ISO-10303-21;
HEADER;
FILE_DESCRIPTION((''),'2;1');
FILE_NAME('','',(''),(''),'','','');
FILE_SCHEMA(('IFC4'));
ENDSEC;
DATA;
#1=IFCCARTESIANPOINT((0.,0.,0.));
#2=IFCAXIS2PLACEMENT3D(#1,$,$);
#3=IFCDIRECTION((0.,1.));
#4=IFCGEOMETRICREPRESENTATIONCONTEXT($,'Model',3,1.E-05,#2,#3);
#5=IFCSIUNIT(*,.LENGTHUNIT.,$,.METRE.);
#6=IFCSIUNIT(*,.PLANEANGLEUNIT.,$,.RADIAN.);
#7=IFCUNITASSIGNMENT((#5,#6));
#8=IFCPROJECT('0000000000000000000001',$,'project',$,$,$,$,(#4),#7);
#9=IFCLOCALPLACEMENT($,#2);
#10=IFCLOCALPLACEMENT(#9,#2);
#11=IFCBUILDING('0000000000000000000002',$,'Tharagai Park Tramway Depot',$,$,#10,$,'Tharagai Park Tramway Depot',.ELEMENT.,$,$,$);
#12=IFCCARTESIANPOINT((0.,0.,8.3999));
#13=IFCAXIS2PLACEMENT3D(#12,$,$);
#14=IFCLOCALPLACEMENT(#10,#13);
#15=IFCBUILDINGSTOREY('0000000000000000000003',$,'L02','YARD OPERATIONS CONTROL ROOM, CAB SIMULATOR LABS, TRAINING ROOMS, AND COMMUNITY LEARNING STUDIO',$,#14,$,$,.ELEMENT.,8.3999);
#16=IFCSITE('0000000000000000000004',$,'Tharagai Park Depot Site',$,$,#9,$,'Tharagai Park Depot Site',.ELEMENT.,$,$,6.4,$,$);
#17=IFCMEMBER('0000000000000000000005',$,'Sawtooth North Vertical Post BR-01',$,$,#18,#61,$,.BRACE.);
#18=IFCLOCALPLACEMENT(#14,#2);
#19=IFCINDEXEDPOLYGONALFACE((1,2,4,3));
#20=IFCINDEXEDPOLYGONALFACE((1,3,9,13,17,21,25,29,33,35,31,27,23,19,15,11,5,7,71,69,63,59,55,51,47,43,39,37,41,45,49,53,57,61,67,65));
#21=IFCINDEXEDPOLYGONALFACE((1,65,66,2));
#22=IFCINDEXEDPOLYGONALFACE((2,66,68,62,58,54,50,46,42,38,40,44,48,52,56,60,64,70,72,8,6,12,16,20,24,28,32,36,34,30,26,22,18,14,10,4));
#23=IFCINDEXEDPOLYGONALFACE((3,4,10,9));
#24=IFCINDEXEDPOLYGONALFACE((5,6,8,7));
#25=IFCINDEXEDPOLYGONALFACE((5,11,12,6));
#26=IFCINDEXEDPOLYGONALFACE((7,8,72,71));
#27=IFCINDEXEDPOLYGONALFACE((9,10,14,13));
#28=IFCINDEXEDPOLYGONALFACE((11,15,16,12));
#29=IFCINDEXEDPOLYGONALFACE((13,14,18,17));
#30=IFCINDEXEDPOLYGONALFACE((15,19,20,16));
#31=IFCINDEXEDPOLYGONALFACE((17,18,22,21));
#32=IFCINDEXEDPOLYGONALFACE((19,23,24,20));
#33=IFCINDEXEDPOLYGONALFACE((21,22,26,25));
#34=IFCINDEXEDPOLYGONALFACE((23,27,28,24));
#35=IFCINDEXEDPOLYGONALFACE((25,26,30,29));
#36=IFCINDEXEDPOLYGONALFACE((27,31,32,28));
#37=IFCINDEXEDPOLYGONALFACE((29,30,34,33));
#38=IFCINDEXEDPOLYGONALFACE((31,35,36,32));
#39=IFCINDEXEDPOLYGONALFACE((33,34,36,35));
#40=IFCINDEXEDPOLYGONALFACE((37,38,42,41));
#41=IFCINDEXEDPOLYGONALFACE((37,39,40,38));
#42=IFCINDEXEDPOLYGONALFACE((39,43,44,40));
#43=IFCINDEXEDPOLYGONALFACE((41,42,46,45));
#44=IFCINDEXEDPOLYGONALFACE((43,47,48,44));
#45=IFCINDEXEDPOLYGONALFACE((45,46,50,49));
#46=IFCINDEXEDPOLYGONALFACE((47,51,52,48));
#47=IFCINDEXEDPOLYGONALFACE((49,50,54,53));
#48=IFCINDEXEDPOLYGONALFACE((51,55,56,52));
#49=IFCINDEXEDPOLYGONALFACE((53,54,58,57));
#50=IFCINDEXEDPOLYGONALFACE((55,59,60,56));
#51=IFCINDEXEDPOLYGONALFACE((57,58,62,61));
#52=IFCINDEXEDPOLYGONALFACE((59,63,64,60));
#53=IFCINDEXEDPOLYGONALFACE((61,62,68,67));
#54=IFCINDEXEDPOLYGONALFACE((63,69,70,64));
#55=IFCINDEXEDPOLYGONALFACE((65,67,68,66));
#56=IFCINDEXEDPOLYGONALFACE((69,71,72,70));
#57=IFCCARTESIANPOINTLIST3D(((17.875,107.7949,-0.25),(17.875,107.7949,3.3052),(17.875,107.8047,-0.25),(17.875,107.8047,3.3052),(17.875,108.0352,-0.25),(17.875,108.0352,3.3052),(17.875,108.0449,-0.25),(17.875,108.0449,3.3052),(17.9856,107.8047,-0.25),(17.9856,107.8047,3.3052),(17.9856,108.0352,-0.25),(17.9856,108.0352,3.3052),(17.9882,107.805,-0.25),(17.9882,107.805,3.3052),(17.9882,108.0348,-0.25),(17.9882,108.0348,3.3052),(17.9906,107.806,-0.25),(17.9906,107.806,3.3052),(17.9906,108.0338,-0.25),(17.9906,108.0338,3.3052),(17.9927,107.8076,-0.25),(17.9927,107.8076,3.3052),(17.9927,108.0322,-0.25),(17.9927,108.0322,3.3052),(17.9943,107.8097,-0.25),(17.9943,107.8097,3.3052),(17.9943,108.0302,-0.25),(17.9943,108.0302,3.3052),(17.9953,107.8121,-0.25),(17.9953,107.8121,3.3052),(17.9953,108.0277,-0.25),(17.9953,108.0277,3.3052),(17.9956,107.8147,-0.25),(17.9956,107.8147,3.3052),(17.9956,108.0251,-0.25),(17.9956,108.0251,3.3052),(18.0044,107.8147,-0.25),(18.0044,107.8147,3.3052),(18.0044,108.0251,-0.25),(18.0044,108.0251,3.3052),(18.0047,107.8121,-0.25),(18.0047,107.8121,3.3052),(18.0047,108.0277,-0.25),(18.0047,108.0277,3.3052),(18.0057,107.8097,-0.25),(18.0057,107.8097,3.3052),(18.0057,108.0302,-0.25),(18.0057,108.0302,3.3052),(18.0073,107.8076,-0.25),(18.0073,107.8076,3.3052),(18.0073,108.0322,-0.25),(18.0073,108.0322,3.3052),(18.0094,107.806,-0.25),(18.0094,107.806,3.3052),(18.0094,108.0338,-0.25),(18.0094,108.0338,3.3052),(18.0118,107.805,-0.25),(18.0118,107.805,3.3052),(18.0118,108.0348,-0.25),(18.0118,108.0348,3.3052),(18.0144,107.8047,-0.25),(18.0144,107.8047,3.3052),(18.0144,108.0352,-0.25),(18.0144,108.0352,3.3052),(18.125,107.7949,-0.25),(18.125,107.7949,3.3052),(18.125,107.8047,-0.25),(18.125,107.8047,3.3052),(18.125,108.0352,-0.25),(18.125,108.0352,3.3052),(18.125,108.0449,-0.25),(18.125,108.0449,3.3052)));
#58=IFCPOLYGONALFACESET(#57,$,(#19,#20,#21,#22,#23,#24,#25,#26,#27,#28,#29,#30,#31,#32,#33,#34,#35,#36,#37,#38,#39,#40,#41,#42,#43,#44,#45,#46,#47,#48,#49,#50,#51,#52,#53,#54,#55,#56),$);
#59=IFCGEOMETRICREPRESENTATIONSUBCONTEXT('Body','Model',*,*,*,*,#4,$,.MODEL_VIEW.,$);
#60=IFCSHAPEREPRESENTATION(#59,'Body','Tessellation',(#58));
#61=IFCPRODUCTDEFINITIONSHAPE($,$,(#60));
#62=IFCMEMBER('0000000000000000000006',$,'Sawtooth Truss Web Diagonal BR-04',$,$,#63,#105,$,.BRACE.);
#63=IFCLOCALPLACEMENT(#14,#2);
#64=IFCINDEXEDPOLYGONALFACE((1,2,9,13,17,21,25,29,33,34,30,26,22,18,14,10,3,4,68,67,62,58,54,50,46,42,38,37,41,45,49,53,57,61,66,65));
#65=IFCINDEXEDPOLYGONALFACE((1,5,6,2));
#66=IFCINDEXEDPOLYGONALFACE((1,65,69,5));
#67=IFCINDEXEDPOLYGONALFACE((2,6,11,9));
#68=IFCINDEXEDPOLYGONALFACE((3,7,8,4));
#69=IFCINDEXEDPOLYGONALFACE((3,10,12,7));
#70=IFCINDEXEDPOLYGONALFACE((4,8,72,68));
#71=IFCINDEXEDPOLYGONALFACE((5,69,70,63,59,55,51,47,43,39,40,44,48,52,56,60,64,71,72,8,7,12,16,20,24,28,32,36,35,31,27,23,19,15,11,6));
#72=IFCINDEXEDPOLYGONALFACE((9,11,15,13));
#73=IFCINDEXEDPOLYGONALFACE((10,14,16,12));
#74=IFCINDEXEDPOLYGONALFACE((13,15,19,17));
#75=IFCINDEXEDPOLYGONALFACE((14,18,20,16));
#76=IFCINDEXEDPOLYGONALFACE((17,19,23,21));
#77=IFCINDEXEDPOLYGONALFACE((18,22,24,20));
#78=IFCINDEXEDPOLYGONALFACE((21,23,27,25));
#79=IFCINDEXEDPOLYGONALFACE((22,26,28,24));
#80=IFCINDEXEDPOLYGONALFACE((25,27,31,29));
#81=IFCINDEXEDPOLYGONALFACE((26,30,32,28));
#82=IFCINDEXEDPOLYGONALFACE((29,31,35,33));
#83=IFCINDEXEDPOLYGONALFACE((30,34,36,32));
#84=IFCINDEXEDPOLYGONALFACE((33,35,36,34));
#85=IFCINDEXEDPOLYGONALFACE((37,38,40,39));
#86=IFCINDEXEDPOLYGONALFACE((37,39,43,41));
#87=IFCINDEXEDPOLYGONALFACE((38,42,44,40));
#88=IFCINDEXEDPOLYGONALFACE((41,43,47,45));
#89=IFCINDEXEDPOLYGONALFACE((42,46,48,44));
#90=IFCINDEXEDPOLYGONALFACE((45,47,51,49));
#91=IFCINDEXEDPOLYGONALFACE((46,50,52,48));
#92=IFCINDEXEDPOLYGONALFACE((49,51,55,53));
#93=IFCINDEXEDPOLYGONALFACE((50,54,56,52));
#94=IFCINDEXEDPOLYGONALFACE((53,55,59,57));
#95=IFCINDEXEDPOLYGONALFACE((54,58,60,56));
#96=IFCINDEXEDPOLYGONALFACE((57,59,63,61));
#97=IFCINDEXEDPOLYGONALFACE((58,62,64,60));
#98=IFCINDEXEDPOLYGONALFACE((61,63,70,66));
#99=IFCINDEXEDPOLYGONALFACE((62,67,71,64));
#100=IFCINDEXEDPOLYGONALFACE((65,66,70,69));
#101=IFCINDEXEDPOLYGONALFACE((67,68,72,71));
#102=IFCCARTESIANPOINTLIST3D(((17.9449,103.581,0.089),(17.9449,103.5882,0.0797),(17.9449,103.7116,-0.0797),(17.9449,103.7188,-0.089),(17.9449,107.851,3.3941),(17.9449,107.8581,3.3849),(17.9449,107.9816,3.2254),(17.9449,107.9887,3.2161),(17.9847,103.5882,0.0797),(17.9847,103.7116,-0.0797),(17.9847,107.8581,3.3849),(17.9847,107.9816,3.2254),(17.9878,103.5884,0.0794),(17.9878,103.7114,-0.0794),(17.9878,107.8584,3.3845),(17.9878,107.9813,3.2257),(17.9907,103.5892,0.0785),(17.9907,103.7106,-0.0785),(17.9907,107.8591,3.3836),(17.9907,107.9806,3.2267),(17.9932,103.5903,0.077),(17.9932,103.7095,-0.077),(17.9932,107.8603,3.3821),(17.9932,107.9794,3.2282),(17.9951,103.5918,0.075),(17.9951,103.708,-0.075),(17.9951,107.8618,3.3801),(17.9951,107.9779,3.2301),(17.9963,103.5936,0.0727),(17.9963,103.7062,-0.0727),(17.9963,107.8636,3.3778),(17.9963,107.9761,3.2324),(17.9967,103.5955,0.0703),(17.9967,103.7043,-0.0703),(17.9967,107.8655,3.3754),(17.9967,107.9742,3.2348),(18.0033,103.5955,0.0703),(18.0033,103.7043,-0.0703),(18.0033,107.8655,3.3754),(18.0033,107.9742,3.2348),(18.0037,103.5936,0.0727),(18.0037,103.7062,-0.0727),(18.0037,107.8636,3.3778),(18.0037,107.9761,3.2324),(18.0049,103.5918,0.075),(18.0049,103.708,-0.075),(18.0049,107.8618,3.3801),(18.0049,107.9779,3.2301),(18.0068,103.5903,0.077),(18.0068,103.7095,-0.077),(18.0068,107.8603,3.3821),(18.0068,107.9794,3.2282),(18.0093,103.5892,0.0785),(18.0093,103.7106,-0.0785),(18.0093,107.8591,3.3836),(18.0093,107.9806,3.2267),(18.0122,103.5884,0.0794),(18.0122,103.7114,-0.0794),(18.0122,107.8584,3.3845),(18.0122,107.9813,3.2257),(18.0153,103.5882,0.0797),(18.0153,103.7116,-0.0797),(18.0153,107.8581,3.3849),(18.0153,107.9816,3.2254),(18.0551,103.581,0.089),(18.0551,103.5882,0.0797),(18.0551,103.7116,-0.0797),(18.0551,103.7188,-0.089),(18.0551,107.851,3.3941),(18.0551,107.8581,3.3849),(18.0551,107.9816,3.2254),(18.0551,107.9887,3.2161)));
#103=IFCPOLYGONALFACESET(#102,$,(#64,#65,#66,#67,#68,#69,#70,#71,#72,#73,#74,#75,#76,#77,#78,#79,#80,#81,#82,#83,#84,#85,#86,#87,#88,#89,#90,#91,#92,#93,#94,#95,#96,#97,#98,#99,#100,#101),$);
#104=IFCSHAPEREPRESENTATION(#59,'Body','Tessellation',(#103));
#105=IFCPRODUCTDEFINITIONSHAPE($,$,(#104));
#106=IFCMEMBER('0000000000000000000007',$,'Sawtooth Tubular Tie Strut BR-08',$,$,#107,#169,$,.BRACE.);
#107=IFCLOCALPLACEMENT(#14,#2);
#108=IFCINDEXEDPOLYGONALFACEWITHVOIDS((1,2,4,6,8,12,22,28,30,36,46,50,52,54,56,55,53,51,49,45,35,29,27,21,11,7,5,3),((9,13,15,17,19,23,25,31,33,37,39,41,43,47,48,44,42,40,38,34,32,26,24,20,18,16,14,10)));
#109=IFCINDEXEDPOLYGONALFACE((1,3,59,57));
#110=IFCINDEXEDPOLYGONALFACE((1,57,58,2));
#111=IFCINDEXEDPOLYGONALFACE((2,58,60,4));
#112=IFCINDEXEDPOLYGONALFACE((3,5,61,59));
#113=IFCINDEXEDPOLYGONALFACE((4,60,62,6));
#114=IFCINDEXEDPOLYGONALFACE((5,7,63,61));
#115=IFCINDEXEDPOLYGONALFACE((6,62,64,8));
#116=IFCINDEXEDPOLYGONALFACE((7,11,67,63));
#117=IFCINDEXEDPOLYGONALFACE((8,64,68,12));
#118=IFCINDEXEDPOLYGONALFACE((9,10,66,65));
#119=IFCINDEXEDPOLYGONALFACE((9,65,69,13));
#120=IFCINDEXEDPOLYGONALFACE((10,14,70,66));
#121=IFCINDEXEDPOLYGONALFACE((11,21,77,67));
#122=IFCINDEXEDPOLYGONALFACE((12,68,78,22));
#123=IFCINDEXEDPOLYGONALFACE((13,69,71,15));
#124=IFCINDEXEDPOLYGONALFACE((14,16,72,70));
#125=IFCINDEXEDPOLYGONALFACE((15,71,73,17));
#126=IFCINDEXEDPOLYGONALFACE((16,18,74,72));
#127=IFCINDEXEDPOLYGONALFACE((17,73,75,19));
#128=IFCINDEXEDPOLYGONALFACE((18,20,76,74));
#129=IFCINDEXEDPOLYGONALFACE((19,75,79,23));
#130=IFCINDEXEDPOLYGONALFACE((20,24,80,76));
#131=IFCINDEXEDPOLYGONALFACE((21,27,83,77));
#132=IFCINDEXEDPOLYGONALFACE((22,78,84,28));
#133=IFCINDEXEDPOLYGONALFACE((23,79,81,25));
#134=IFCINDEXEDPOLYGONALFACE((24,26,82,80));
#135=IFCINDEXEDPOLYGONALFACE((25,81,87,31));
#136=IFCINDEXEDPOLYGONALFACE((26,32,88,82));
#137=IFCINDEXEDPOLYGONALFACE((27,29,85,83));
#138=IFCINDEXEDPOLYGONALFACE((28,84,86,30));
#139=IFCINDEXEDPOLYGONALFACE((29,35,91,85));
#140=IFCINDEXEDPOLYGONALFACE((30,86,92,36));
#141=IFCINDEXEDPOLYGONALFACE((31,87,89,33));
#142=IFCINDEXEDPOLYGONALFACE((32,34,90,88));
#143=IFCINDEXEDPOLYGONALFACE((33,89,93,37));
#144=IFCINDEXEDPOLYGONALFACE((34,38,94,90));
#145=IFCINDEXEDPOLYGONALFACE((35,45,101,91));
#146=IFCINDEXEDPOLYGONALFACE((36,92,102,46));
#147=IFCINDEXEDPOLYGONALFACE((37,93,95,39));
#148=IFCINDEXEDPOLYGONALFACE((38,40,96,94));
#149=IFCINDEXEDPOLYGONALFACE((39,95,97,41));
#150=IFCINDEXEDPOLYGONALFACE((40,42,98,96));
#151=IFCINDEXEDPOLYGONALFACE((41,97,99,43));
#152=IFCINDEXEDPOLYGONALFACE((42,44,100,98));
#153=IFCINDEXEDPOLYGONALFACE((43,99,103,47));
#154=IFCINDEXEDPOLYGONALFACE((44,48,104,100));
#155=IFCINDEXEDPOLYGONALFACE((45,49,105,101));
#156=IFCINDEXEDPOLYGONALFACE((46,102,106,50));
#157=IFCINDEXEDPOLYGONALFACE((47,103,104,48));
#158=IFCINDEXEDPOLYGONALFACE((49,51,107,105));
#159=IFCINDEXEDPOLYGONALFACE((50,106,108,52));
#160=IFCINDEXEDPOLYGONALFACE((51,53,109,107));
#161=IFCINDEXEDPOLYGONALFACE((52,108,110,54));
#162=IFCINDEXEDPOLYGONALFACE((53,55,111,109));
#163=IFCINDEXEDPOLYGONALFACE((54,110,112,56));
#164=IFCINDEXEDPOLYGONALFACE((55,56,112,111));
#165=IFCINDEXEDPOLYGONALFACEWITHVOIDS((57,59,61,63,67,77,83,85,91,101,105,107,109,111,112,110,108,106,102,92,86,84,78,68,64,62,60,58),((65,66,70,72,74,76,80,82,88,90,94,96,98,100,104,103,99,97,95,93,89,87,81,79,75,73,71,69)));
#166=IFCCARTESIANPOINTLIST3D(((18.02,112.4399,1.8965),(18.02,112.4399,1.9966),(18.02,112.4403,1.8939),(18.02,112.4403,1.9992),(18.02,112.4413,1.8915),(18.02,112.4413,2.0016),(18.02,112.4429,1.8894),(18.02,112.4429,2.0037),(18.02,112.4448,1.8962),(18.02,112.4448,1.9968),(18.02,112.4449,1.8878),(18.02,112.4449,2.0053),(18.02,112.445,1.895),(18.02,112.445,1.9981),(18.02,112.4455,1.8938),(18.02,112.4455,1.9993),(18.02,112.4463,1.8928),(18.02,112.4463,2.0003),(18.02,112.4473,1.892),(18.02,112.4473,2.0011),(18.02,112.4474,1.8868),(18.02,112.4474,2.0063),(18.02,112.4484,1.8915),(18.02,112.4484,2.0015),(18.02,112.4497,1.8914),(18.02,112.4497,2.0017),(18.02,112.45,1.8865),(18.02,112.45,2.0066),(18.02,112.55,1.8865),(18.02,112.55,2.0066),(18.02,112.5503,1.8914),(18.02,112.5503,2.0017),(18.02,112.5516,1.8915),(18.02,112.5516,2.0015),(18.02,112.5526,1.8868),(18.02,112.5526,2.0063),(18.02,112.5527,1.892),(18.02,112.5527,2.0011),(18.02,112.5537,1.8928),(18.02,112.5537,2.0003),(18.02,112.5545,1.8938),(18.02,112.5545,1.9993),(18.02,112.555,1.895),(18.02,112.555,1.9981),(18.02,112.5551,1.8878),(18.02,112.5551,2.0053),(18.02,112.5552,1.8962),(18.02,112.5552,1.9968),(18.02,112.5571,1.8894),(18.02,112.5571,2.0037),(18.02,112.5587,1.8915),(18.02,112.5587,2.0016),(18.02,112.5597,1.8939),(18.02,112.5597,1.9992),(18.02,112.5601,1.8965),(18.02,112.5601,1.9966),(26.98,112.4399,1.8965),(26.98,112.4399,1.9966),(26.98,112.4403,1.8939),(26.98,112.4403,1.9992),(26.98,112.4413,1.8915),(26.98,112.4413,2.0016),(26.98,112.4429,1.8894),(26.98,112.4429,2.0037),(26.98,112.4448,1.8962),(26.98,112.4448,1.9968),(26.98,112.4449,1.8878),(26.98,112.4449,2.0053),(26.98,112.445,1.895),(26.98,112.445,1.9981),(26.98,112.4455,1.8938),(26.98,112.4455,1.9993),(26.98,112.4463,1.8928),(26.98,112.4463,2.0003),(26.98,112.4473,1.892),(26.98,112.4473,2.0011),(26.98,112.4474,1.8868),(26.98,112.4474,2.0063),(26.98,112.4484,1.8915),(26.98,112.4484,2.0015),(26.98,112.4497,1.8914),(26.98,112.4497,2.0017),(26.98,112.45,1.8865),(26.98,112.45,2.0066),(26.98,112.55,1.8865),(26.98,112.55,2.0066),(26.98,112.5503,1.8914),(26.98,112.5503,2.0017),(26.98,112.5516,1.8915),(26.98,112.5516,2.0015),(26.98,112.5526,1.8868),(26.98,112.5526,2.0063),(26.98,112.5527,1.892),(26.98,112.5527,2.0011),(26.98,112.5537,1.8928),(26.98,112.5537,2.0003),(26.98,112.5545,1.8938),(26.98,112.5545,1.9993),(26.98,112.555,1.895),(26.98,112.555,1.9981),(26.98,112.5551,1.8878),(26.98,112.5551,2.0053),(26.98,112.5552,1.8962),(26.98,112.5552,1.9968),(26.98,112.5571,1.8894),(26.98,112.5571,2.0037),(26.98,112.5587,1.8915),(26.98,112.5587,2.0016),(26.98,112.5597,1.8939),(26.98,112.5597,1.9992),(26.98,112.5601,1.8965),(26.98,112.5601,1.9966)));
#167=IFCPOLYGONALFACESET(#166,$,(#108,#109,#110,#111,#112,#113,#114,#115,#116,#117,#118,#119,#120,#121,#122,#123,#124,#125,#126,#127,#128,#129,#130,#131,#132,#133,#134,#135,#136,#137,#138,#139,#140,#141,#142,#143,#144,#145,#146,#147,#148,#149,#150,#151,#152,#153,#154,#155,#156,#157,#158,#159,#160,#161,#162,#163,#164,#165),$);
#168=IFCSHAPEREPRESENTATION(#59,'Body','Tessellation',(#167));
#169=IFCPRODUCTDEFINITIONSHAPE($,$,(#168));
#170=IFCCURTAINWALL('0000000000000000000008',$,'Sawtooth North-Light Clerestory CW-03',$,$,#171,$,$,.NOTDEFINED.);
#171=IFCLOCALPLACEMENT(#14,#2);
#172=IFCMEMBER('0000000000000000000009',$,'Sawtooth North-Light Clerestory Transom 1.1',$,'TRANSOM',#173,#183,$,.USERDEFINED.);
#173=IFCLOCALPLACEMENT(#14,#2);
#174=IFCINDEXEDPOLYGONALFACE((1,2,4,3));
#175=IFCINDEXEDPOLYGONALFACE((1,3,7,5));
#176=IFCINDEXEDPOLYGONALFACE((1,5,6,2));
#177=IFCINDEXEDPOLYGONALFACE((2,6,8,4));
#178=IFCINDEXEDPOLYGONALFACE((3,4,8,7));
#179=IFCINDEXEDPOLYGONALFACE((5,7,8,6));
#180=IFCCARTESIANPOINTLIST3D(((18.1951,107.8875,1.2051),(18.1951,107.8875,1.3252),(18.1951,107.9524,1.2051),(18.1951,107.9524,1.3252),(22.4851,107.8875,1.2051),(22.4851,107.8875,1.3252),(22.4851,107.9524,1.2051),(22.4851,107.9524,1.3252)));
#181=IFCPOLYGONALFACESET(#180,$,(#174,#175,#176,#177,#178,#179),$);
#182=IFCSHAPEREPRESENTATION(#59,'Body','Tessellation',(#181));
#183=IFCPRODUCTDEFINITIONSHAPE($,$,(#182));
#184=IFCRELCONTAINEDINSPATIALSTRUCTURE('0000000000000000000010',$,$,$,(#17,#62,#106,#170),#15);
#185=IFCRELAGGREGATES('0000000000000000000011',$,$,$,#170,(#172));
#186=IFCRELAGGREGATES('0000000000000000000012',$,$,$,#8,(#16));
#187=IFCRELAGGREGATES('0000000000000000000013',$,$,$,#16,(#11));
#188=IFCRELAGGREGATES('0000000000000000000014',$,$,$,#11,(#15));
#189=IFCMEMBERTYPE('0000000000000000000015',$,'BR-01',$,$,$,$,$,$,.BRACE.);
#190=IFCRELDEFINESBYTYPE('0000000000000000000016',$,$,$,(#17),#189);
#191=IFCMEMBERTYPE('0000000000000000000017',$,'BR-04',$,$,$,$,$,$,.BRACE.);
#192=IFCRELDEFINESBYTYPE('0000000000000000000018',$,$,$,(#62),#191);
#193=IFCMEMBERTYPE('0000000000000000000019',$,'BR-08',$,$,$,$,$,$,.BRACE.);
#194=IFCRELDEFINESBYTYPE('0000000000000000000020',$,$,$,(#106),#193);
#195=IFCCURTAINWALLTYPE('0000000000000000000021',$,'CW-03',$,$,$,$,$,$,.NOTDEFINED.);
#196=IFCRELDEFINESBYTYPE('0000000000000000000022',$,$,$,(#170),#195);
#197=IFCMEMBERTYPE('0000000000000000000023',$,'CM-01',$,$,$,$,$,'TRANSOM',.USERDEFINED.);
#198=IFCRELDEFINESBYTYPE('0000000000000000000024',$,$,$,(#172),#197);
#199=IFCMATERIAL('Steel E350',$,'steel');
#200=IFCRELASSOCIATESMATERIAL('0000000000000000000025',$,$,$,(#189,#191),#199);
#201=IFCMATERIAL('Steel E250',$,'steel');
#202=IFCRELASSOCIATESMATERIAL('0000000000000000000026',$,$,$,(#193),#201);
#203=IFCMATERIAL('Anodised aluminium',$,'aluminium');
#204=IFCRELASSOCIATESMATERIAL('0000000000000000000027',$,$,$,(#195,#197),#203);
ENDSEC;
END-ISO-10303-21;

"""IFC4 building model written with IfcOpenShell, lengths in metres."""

from ifc_helpers import new_model, si_unit, direction, frame, origin, origin_2d, place, context, subcontext, project, spatial, rectangle, hollow_rectangle, i_section, extrude, material, material_profile, profile_set, type_object, element, aggregate, save


model = new_model("IFC4")

# Units and contexts
model_context = context("Model", 3, precision=1e-05, world=origin(), true_north=direction((0.0, 1.0)))
body_context = subcontext(model_context, "Body", "Model", "MODEL_VIEW")
ifc_project = project(units=[si_unit("LENGTHUNIT", "METRE"), si_unit("PLANEANGLEUNIT", "RADIAN")], contexts=[model_context])

# Site, building, storey
site_placement = place(None, origin())
site = spatial("IfcSite", under=ifc_project, at=site_placement, Name="Tharagai Park Depot Site", LongName="Tharagai Park Depot Site", CompositionType="ELEMENT", RefElevation=6.4)
building_placement = place(site_placement, origin())
building = spatial("IfcBuilding", under=site, at=building_placement, Name="Tharagai Park Tramway Depot", LongName="Tharagai Park Tramway Depot", CompositionType="ELEMENT")
storey_placement = place(building_placement, frame((0.0, 0.0, 8.3999)))
storey = spatial("IfcBuildingStorey", under=building, at=storey_placement, Name="L02", Description="YARD OPERATIONS CONTROL ROOM, CAB SIMULATOR LABS, TRAINING ROOMS, AND COMMUNITY LEARNING STUDIO", CompositionType="ELEMENT", Elevation=8.3999)

# Members
ifc_material_1 = material(Name="Steel E350", Category="steel")
ifc_material_profile_1 = material_profile(ifc_material_1, i_section(OverallWidth=0.25, OverallDepth=0.25, WebThickness=0.0088, FlangeThickness=0.0098, FilletRadius=0.01, at=origin_2d()), Name="ISHB 250")
ifc_profile_set_1 = profile_set([ifc_material_profile_1], Name="Steel E350")
member_type_1 = type_object("IfcMemberType", Name="BR-01", PredefinedType="BRACE", material=ifc_profile_set_1)
member_1_placement = place(storey_placement, frame((18.0, 107.9199, -0.25), z_axis=(0.0, 0.0, 1.0), x_axis=(1.0, 0.0, 0.0)))
element("IfcMember", 1, at=member_1_placement, inside=storey, type_object=member_type_1, Name="Sawtooth North Vertical Post BR-01", PredefinedType="BRACE", context=body_context, shape_type="SweptSolid", body=[
    extrude(i_section(OverallWidth=0.25, OverallDepth=0.25, WebThickness=0.0088, FlangeThickness=0.0098, FilletRadius=0.01, at=origin_2d()), origin(), (0.0, 0.0, 1.0), 3.5552),
])
ifc_material_profile_2 = material_profile(ifc_material_1, i_section(OverallWidth=0.1101, OverallDepth=0.2251, WebThickness=0.0066, FlangeThickness=0.0117, FilletRadius=0.012, at=origin_2d()), Name="ISMB 225")
ifc_profile_set_2 = profile_set([ifc_material_profile_2], Name="Steel E350")
member_type_2 = type_object("IfcMemberType", Name="BR-04", PredefinedType="BRACE", material=ifc_profile_set_2)
member_2_placement = place(storey_placement, frame((18.0, 103.6499, 0.0), z_axis=(0.0, 0.790782, 0.612098), x_axis=(-1.0, 0.0, 0.0)))
element("IfcMember", 2, at=member_2_placement, inside=storey, type_object=member_type_2, Name="Sawtooth Truss Web Diagonal BR-04", PredefinedType="BRACE", context=body_context, shape_type="SweptSolid", body=[
    extrude(i_section(OverallWidth=0.1101, OverallDepth=0.2251, WebThickness=0.0066, FlangeThickness=0.0117, FilletRadius=0.012, at=origin_2d()), origin(), (0.0, 0.0, 1.0), 5.3997),
])
ifc_material_2 = material(Name="Steel E250", Category="steel")
ifc_material_profile_3 = material_profile(ifc_material_2, hollow_rectangle(XDim=0.1201, YDim=0.1201, WallThickness=0.0049, InnerFilletRadius=0.0049, OuterFilletRadius=0.01, at=origin_2d()), Name="SHS 120x120x5")
ifc_profile_set_3 = profile_set([ifc_material_profile_3], Name="Steel E250")
member_type_3 = type_object("IfcMemberType", Name="BR-08", PredefinedType="BRACE", material=ifc_profile_set_3)
member_3_placement = place(storey_placement, frame((18.02, 112.5, 1.9465), z_axis=(1.0, 0.0, 0.0), x_axis=(0.0, 1.0, 0.0)))
element("IfcMember", 3, at=member_3_placement, inside=storey, type_object=member_type_3, Name="Sawtooth Tubular Tie Strut BR-08", PredefinedType="BRACE", context=body_context, shape_type="SweptSolid", body=[
    extrude(hollow_rectangle(XDim=0.1201, YDim=0.1201, WallThickness=0.0049, InnerFilletRadius=0.0049, OuterFilletRadius=0.01, at=origin_2d()), origin(), (0.0, 0.0, 1.0), 8.96),
])

# Curtain wall, member
ifc_material_3 = material(Name="Anodised aluminium", Category="aluminium")
curtain_wall_type = type_object("IfcCurtainWallType", Name="CW-03", PredefinedType="NOTDEFINED", material=ifc_material_3)
curtain_wall_1_placement = place(storey_placement, origin())
curtain_wall_1 = element("IfcCurtainWall", 4, at=curtain_wall_1_placement, inside=storey, type_object=curtain_wall_type, Name="Sawtooth North-Light Clerestory CW-03", PredefinedType="NOTDEFINED")
ifc_material_profile_4 = material_profile(ifc_material_3, rectangle(XDim=0.0649, YDim=0.1201, at=origin_2d()), Name="ALU 65x120")
ifc_profile_set_4 = profile_set([ifc_material_profile_4], Name="Anodised aluminium")
member_type_4 = type_object("IfcMemberType", Name="CM-01", ElementType="TRANSOM", PredefinedType="USERDEFINED", material=ifc_profile_set_4)
member_4_placement = place(storey_placement, frame((18.1951, 107.9199, 1.2651), z_axis=(1.0, 0.0, 0.0), x_axis=(0.0, 1.0, 0.0)))
member_4 = element("IfcMember", 5, at=member_4_placement, type_object=member_type_4, Name="Sawtooth North-Light Clerestory Transom 1.1", ObjectType="TRANSOM", PredefinedType="USERDEFINED", context=body_context, shape_type="SweptSolid", body=[
    extrude(rectangle(XDim=0.0649, YDim=0.1201, at=origin_2d()), origin(), (0.0, 0.0, 1.0), 4.29),
])

aggregate(curtain_wall_1, [member_4])

save(model, "model.ifc")
